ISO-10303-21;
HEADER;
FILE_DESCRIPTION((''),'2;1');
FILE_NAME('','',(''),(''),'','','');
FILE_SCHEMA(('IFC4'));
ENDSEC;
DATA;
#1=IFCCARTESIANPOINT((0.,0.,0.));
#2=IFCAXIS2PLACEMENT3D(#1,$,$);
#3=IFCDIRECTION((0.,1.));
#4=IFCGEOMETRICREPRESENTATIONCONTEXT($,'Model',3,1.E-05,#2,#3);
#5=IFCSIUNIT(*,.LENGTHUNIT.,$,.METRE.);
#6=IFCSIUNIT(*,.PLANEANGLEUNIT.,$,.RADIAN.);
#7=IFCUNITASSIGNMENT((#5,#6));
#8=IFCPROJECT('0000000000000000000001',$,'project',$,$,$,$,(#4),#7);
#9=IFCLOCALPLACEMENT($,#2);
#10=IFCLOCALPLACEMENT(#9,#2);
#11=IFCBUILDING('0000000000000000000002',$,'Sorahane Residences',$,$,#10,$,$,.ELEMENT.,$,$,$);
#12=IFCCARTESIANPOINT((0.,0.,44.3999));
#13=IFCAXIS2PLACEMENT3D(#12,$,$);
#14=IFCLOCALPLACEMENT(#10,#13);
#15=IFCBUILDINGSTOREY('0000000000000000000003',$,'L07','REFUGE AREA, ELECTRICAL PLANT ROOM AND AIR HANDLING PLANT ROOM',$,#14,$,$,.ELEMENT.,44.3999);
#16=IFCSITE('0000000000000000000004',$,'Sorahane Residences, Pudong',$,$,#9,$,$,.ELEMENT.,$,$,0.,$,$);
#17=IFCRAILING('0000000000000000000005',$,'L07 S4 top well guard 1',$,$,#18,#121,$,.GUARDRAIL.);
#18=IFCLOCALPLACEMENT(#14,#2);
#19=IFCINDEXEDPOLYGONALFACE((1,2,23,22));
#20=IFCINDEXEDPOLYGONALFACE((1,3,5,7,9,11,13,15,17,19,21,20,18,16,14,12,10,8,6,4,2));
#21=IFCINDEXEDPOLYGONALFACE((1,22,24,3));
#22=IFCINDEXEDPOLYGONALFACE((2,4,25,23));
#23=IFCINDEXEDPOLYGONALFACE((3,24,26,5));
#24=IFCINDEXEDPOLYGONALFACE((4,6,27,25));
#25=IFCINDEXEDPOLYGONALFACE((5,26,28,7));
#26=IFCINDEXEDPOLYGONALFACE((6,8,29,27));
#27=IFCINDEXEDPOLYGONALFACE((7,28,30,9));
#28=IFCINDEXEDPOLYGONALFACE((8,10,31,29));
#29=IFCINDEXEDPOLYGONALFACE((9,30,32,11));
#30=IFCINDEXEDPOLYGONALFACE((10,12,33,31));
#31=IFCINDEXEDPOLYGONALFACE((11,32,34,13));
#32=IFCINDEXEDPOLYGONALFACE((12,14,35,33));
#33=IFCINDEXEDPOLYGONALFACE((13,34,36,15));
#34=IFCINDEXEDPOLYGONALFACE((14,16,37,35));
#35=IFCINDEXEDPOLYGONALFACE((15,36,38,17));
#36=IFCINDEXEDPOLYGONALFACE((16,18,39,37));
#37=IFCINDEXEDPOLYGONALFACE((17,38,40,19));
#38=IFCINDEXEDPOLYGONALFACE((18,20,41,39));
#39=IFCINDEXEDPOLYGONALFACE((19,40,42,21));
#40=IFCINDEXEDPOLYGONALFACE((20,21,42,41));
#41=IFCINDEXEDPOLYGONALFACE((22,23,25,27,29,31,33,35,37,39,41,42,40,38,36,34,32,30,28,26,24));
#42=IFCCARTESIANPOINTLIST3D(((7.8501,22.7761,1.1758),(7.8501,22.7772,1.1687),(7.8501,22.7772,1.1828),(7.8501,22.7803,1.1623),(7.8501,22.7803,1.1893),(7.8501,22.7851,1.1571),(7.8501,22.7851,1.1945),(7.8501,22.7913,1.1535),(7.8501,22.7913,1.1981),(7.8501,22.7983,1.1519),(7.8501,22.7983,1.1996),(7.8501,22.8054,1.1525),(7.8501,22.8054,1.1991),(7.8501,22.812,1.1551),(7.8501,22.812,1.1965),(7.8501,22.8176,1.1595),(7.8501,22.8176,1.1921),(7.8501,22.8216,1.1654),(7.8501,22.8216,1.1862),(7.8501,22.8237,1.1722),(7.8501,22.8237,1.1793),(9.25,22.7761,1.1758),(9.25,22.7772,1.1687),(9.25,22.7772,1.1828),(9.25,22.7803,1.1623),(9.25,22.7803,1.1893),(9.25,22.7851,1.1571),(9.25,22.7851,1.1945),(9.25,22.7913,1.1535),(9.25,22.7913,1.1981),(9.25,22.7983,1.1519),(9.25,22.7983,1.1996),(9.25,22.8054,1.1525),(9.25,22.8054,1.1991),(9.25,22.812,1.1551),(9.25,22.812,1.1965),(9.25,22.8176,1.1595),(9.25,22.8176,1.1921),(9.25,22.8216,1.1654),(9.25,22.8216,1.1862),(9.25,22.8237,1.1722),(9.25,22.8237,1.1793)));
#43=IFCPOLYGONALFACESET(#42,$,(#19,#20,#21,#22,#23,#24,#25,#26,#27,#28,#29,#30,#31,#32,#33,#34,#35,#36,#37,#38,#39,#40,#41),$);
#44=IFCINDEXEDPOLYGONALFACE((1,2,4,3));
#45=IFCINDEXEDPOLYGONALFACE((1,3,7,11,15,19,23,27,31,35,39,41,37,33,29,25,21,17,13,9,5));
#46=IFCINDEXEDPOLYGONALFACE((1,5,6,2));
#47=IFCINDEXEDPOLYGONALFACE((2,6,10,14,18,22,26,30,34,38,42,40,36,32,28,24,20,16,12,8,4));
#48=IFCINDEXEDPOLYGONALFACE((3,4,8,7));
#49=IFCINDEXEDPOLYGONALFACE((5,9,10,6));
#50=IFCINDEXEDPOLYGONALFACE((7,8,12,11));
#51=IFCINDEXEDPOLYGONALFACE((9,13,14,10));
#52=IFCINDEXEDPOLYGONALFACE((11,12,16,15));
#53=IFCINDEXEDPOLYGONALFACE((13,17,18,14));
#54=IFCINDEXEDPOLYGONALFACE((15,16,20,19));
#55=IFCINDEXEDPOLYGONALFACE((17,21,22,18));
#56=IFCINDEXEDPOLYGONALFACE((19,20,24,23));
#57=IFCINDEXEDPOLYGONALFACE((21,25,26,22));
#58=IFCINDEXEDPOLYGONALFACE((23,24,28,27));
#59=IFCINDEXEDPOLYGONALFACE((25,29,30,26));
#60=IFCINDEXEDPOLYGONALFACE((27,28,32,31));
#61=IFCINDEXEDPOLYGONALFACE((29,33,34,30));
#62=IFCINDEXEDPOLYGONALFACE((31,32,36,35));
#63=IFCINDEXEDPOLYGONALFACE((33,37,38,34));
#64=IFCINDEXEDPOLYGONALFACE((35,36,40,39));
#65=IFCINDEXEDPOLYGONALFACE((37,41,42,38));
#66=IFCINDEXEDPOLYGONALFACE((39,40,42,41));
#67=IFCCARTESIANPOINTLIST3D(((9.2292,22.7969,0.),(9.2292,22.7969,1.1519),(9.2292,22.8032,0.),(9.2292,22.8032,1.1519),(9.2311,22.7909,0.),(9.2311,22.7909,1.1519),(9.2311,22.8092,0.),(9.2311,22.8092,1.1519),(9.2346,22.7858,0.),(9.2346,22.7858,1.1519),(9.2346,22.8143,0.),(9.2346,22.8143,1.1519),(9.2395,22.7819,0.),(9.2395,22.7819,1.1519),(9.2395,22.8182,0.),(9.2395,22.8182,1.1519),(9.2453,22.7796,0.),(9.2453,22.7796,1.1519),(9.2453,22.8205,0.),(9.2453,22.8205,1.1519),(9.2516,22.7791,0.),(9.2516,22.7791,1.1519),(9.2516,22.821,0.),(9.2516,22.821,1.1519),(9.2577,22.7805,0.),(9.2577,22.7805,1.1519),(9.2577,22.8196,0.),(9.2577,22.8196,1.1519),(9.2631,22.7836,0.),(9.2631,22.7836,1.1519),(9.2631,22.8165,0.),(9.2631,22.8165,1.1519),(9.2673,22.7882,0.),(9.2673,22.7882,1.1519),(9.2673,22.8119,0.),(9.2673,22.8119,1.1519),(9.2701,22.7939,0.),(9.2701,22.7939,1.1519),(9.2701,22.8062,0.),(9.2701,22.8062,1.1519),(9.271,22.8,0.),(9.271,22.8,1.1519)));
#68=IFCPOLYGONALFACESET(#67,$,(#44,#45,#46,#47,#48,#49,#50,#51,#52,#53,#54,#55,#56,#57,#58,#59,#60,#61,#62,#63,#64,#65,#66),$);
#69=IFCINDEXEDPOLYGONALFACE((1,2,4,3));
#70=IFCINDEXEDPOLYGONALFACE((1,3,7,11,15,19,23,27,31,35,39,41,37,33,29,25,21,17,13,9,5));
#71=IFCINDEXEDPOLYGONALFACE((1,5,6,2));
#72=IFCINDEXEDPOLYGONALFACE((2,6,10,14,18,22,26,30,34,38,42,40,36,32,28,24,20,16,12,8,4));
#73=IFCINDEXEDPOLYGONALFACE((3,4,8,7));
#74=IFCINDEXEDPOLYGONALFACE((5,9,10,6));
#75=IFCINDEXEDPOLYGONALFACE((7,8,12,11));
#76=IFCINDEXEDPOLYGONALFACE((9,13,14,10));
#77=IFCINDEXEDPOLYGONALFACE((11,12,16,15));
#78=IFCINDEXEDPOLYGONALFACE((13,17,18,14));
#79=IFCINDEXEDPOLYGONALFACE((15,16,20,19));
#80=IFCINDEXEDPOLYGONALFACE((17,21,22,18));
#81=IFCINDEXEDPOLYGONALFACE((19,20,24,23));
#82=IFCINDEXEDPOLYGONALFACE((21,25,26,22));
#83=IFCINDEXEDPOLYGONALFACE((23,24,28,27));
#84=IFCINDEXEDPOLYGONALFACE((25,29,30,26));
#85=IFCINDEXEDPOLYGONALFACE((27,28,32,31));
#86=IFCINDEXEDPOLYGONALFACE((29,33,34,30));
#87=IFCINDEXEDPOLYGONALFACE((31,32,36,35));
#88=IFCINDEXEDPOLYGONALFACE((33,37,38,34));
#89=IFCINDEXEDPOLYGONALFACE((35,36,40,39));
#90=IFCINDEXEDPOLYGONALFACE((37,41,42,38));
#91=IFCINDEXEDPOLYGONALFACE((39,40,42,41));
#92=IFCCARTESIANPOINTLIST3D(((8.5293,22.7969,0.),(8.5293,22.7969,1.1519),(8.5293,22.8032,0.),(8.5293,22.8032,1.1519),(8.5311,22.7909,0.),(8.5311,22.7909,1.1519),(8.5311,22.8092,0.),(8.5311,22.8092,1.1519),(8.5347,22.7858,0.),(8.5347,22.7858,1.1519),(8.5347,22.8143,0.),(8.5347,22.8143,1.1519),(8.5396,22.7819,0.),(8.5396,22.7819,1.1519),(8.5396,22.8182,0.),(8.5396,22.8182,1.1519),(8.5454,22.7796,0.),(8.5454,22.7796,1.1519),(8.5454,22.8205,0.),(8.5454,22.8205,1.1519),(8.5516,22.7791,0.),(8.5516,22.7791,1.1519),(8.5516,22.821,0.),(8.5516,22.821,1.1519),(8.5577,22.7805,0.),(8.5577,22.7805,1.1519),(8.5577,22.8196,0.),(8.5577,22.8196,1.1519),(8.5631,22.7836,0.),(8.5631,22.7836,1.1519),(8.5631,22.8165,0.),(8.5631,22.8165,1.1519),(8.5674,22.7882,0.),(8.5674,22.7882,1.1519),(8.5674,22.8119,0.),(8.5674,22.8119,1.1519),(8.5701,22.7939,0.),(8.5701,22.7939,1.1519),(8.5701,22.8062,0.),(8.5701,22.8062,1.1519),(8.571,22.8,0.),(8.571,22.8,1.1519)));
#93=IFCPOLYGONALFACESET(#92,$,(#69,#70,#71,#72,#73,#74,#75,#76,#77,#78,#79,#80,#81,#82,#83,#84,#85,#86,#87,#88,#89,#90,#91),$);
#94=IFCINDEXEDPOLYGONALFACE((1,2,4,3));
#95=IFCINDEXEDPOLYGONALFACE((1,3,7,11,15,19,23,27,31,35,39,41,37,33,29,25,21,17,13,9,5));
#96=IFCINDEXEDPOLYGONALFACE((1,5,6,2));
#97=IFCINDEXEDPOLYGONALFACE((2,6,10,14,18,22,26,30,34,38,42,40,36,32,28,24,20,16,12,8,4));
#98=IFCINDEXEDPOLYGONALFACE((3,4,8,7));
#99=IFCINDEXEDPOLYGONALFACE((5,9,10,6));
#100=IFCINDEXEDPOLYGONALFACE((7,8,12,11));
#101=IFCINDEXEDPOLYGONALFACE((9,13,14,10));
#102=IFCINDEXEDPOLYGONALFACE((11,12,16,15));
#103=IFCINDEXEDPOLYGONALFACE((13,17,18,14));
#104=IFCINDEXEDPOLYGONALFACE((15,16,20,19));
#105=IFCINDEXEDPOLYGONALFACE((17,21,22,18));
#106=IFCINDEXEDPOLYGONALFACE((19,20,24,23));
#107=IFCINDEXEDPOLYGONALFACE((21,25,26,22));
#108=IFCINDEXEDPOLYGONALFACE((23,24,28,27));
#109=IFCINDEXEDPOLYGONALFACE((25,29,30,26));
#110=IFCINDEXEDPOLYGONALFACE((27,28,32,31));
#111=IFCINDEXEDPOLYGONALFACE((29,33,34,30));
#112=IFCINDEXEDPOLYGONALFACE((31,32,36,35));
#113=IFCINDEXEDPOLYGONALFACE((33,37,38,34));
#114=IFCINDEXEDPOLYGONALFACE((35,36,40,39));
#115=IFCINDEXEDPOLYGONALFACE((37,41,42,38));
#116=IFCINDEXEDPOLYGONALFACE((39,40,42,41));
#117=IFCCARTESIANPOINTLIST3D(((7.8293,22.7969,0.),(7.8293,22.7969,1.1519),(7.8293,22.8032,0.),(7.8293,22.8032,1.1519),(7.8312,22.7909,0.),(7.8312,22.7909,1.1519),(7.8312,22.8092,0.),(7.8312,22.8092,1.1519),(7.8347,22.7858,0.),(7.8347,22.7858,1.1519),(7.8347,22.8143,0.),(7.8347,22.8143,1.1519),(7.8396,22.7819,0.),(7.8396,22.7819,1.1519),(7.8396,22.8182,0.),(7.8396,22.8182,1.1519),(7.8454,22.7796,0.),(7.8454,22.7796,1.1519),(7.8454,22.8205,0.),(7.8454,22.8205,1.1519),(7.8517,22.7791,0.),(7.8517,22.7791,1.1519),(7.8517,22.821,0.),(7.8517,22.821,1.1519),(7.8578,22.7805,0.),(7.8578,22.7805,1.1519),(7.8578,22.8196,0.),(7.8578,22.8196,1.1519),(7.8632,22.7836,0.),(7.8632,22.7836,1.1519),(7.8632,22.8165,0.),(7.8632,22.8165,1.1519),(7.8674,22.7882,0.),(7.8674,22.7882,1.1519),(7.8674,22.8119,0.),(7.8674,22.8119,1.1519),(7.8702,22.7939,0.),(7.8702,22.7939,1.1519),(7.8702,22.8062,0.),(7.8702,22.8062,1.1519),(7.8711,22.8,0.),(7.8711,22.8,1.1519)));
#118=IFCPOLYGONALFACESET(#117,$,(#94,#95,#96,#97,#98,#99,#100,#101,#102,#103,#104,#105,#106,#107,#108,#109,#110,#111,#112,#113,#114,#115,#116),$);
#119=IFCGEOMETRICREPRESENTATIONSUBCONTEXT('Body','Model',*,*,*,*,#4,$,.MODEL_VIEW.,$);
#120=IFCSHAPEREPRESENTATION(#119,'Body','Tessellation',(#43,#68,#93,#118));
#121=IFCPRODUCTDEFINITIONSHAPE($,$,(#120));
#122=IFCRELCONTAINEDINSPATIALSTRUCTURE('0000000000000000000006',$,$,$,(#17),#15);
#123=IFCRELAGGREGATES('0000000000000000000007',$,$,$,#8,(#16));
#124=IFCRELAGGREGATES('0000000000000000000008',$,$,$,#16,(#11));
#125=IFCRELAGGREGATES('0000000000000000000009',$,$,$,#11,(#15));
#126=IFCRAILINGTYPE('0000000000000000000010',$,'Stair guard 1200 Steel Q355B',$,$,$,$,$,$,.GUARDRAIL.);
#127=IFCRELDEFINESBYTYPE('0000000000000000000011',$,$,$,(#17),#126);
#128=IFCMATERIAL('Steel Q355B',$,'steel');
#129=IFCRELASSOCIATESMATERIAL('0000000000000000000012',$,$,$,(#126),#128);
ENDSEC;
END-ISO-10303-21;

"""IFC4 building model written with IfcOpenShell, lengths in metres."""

from ifc_helpers import new_model, si_unit, direction, frame, origin, origin_2d, place, context, subcontext, project, spatial, circle, extrude, material, type_object, element, save


model = new_model("IFC4")

# Units and contexts
model_context = context("Model", 3, precision=1e-05, world=origin(), true_north=direction((0.0, 1.0)))
body_context = subcontext(model_context, "Body", "Model", "MODEL_VIEW")
ifc_project = project(units=[si_unit("LENGTHUNIT", "METRE"), si_unit("PLANEANGLEUNIT", "RADIAN")], contexts=[model_context])

# Site, building, storey
site_placement = place(None, origin())
site = spatial("IfcSite", under=ifc_project, at=site_placement, Name="Sorahane Residences, Pudong", CompositionType="ELEMENT", RefElevation=0.0)
building_placement = place(site_placement, origin())
building = spatial("IfcBuilding", under=site, at=building_placement, Name="Sorahane Residences", CompositionType="ELEMENT")
storey_placement = place(building_placement, frame((0.0, 0.0, 44.3999)))
storey = spatial("IfcBuildingStorey", under=building, at=storey_placement, Name="L07", Description="REFUGE AREA, ELECTRICAL PLANT ROOM AND AIR HANDLING PLANT ROOM", CompositionType="ELEMENT", Elevation=44.3999)

# Railing
ifc_material_1 = material(Name="Steel Q355B", Category="steel")
railing_type_1 = type_object("IfcRailingType", Name="Stair guard 1200 Steel Q355B", PredefinedType="GUARDRAIL", material=ifc_material_1)
railing_1_placement = place(storey_placement, frame((9.25, 22.8, 0.0)))
element("IfcRailing", 1, at=railing_1_placement, inside=storey, type_object=railing_type_1, Name="L07 S4 top well guard 1", PredefinedType="GUARDRAIL", context=body_context, shape_type="SweptSolid", body=[
    extrude(circle(Radius=0.0239, at=origin_2d()), frame((0.0, 0.0, 1.1758), z_axis=(-1.0, 0.0, 0.0), x_axis=(0.0, -1.0, 0.0)), (0.0, 0.0, 1.0), 1.3999),
    extrude(circle(Radius=0.021, at=origin_2d()), origin(), (0.0, 0.0, 1.0), 1.1519),
    extrude(circle(Radius=0.021, at=origin_2d()), frame((-0.7, 0.0, 0.0)), (0.0, 0.0, 1.0), 1.1519),
    extrude(circle(Radius=0.021, at=origin_2d()), frame((-1.3999, 0.0, 0.0)), (0.0, 0.0, 1.0), 1.1519),
])

save(model, "model.ifc")
